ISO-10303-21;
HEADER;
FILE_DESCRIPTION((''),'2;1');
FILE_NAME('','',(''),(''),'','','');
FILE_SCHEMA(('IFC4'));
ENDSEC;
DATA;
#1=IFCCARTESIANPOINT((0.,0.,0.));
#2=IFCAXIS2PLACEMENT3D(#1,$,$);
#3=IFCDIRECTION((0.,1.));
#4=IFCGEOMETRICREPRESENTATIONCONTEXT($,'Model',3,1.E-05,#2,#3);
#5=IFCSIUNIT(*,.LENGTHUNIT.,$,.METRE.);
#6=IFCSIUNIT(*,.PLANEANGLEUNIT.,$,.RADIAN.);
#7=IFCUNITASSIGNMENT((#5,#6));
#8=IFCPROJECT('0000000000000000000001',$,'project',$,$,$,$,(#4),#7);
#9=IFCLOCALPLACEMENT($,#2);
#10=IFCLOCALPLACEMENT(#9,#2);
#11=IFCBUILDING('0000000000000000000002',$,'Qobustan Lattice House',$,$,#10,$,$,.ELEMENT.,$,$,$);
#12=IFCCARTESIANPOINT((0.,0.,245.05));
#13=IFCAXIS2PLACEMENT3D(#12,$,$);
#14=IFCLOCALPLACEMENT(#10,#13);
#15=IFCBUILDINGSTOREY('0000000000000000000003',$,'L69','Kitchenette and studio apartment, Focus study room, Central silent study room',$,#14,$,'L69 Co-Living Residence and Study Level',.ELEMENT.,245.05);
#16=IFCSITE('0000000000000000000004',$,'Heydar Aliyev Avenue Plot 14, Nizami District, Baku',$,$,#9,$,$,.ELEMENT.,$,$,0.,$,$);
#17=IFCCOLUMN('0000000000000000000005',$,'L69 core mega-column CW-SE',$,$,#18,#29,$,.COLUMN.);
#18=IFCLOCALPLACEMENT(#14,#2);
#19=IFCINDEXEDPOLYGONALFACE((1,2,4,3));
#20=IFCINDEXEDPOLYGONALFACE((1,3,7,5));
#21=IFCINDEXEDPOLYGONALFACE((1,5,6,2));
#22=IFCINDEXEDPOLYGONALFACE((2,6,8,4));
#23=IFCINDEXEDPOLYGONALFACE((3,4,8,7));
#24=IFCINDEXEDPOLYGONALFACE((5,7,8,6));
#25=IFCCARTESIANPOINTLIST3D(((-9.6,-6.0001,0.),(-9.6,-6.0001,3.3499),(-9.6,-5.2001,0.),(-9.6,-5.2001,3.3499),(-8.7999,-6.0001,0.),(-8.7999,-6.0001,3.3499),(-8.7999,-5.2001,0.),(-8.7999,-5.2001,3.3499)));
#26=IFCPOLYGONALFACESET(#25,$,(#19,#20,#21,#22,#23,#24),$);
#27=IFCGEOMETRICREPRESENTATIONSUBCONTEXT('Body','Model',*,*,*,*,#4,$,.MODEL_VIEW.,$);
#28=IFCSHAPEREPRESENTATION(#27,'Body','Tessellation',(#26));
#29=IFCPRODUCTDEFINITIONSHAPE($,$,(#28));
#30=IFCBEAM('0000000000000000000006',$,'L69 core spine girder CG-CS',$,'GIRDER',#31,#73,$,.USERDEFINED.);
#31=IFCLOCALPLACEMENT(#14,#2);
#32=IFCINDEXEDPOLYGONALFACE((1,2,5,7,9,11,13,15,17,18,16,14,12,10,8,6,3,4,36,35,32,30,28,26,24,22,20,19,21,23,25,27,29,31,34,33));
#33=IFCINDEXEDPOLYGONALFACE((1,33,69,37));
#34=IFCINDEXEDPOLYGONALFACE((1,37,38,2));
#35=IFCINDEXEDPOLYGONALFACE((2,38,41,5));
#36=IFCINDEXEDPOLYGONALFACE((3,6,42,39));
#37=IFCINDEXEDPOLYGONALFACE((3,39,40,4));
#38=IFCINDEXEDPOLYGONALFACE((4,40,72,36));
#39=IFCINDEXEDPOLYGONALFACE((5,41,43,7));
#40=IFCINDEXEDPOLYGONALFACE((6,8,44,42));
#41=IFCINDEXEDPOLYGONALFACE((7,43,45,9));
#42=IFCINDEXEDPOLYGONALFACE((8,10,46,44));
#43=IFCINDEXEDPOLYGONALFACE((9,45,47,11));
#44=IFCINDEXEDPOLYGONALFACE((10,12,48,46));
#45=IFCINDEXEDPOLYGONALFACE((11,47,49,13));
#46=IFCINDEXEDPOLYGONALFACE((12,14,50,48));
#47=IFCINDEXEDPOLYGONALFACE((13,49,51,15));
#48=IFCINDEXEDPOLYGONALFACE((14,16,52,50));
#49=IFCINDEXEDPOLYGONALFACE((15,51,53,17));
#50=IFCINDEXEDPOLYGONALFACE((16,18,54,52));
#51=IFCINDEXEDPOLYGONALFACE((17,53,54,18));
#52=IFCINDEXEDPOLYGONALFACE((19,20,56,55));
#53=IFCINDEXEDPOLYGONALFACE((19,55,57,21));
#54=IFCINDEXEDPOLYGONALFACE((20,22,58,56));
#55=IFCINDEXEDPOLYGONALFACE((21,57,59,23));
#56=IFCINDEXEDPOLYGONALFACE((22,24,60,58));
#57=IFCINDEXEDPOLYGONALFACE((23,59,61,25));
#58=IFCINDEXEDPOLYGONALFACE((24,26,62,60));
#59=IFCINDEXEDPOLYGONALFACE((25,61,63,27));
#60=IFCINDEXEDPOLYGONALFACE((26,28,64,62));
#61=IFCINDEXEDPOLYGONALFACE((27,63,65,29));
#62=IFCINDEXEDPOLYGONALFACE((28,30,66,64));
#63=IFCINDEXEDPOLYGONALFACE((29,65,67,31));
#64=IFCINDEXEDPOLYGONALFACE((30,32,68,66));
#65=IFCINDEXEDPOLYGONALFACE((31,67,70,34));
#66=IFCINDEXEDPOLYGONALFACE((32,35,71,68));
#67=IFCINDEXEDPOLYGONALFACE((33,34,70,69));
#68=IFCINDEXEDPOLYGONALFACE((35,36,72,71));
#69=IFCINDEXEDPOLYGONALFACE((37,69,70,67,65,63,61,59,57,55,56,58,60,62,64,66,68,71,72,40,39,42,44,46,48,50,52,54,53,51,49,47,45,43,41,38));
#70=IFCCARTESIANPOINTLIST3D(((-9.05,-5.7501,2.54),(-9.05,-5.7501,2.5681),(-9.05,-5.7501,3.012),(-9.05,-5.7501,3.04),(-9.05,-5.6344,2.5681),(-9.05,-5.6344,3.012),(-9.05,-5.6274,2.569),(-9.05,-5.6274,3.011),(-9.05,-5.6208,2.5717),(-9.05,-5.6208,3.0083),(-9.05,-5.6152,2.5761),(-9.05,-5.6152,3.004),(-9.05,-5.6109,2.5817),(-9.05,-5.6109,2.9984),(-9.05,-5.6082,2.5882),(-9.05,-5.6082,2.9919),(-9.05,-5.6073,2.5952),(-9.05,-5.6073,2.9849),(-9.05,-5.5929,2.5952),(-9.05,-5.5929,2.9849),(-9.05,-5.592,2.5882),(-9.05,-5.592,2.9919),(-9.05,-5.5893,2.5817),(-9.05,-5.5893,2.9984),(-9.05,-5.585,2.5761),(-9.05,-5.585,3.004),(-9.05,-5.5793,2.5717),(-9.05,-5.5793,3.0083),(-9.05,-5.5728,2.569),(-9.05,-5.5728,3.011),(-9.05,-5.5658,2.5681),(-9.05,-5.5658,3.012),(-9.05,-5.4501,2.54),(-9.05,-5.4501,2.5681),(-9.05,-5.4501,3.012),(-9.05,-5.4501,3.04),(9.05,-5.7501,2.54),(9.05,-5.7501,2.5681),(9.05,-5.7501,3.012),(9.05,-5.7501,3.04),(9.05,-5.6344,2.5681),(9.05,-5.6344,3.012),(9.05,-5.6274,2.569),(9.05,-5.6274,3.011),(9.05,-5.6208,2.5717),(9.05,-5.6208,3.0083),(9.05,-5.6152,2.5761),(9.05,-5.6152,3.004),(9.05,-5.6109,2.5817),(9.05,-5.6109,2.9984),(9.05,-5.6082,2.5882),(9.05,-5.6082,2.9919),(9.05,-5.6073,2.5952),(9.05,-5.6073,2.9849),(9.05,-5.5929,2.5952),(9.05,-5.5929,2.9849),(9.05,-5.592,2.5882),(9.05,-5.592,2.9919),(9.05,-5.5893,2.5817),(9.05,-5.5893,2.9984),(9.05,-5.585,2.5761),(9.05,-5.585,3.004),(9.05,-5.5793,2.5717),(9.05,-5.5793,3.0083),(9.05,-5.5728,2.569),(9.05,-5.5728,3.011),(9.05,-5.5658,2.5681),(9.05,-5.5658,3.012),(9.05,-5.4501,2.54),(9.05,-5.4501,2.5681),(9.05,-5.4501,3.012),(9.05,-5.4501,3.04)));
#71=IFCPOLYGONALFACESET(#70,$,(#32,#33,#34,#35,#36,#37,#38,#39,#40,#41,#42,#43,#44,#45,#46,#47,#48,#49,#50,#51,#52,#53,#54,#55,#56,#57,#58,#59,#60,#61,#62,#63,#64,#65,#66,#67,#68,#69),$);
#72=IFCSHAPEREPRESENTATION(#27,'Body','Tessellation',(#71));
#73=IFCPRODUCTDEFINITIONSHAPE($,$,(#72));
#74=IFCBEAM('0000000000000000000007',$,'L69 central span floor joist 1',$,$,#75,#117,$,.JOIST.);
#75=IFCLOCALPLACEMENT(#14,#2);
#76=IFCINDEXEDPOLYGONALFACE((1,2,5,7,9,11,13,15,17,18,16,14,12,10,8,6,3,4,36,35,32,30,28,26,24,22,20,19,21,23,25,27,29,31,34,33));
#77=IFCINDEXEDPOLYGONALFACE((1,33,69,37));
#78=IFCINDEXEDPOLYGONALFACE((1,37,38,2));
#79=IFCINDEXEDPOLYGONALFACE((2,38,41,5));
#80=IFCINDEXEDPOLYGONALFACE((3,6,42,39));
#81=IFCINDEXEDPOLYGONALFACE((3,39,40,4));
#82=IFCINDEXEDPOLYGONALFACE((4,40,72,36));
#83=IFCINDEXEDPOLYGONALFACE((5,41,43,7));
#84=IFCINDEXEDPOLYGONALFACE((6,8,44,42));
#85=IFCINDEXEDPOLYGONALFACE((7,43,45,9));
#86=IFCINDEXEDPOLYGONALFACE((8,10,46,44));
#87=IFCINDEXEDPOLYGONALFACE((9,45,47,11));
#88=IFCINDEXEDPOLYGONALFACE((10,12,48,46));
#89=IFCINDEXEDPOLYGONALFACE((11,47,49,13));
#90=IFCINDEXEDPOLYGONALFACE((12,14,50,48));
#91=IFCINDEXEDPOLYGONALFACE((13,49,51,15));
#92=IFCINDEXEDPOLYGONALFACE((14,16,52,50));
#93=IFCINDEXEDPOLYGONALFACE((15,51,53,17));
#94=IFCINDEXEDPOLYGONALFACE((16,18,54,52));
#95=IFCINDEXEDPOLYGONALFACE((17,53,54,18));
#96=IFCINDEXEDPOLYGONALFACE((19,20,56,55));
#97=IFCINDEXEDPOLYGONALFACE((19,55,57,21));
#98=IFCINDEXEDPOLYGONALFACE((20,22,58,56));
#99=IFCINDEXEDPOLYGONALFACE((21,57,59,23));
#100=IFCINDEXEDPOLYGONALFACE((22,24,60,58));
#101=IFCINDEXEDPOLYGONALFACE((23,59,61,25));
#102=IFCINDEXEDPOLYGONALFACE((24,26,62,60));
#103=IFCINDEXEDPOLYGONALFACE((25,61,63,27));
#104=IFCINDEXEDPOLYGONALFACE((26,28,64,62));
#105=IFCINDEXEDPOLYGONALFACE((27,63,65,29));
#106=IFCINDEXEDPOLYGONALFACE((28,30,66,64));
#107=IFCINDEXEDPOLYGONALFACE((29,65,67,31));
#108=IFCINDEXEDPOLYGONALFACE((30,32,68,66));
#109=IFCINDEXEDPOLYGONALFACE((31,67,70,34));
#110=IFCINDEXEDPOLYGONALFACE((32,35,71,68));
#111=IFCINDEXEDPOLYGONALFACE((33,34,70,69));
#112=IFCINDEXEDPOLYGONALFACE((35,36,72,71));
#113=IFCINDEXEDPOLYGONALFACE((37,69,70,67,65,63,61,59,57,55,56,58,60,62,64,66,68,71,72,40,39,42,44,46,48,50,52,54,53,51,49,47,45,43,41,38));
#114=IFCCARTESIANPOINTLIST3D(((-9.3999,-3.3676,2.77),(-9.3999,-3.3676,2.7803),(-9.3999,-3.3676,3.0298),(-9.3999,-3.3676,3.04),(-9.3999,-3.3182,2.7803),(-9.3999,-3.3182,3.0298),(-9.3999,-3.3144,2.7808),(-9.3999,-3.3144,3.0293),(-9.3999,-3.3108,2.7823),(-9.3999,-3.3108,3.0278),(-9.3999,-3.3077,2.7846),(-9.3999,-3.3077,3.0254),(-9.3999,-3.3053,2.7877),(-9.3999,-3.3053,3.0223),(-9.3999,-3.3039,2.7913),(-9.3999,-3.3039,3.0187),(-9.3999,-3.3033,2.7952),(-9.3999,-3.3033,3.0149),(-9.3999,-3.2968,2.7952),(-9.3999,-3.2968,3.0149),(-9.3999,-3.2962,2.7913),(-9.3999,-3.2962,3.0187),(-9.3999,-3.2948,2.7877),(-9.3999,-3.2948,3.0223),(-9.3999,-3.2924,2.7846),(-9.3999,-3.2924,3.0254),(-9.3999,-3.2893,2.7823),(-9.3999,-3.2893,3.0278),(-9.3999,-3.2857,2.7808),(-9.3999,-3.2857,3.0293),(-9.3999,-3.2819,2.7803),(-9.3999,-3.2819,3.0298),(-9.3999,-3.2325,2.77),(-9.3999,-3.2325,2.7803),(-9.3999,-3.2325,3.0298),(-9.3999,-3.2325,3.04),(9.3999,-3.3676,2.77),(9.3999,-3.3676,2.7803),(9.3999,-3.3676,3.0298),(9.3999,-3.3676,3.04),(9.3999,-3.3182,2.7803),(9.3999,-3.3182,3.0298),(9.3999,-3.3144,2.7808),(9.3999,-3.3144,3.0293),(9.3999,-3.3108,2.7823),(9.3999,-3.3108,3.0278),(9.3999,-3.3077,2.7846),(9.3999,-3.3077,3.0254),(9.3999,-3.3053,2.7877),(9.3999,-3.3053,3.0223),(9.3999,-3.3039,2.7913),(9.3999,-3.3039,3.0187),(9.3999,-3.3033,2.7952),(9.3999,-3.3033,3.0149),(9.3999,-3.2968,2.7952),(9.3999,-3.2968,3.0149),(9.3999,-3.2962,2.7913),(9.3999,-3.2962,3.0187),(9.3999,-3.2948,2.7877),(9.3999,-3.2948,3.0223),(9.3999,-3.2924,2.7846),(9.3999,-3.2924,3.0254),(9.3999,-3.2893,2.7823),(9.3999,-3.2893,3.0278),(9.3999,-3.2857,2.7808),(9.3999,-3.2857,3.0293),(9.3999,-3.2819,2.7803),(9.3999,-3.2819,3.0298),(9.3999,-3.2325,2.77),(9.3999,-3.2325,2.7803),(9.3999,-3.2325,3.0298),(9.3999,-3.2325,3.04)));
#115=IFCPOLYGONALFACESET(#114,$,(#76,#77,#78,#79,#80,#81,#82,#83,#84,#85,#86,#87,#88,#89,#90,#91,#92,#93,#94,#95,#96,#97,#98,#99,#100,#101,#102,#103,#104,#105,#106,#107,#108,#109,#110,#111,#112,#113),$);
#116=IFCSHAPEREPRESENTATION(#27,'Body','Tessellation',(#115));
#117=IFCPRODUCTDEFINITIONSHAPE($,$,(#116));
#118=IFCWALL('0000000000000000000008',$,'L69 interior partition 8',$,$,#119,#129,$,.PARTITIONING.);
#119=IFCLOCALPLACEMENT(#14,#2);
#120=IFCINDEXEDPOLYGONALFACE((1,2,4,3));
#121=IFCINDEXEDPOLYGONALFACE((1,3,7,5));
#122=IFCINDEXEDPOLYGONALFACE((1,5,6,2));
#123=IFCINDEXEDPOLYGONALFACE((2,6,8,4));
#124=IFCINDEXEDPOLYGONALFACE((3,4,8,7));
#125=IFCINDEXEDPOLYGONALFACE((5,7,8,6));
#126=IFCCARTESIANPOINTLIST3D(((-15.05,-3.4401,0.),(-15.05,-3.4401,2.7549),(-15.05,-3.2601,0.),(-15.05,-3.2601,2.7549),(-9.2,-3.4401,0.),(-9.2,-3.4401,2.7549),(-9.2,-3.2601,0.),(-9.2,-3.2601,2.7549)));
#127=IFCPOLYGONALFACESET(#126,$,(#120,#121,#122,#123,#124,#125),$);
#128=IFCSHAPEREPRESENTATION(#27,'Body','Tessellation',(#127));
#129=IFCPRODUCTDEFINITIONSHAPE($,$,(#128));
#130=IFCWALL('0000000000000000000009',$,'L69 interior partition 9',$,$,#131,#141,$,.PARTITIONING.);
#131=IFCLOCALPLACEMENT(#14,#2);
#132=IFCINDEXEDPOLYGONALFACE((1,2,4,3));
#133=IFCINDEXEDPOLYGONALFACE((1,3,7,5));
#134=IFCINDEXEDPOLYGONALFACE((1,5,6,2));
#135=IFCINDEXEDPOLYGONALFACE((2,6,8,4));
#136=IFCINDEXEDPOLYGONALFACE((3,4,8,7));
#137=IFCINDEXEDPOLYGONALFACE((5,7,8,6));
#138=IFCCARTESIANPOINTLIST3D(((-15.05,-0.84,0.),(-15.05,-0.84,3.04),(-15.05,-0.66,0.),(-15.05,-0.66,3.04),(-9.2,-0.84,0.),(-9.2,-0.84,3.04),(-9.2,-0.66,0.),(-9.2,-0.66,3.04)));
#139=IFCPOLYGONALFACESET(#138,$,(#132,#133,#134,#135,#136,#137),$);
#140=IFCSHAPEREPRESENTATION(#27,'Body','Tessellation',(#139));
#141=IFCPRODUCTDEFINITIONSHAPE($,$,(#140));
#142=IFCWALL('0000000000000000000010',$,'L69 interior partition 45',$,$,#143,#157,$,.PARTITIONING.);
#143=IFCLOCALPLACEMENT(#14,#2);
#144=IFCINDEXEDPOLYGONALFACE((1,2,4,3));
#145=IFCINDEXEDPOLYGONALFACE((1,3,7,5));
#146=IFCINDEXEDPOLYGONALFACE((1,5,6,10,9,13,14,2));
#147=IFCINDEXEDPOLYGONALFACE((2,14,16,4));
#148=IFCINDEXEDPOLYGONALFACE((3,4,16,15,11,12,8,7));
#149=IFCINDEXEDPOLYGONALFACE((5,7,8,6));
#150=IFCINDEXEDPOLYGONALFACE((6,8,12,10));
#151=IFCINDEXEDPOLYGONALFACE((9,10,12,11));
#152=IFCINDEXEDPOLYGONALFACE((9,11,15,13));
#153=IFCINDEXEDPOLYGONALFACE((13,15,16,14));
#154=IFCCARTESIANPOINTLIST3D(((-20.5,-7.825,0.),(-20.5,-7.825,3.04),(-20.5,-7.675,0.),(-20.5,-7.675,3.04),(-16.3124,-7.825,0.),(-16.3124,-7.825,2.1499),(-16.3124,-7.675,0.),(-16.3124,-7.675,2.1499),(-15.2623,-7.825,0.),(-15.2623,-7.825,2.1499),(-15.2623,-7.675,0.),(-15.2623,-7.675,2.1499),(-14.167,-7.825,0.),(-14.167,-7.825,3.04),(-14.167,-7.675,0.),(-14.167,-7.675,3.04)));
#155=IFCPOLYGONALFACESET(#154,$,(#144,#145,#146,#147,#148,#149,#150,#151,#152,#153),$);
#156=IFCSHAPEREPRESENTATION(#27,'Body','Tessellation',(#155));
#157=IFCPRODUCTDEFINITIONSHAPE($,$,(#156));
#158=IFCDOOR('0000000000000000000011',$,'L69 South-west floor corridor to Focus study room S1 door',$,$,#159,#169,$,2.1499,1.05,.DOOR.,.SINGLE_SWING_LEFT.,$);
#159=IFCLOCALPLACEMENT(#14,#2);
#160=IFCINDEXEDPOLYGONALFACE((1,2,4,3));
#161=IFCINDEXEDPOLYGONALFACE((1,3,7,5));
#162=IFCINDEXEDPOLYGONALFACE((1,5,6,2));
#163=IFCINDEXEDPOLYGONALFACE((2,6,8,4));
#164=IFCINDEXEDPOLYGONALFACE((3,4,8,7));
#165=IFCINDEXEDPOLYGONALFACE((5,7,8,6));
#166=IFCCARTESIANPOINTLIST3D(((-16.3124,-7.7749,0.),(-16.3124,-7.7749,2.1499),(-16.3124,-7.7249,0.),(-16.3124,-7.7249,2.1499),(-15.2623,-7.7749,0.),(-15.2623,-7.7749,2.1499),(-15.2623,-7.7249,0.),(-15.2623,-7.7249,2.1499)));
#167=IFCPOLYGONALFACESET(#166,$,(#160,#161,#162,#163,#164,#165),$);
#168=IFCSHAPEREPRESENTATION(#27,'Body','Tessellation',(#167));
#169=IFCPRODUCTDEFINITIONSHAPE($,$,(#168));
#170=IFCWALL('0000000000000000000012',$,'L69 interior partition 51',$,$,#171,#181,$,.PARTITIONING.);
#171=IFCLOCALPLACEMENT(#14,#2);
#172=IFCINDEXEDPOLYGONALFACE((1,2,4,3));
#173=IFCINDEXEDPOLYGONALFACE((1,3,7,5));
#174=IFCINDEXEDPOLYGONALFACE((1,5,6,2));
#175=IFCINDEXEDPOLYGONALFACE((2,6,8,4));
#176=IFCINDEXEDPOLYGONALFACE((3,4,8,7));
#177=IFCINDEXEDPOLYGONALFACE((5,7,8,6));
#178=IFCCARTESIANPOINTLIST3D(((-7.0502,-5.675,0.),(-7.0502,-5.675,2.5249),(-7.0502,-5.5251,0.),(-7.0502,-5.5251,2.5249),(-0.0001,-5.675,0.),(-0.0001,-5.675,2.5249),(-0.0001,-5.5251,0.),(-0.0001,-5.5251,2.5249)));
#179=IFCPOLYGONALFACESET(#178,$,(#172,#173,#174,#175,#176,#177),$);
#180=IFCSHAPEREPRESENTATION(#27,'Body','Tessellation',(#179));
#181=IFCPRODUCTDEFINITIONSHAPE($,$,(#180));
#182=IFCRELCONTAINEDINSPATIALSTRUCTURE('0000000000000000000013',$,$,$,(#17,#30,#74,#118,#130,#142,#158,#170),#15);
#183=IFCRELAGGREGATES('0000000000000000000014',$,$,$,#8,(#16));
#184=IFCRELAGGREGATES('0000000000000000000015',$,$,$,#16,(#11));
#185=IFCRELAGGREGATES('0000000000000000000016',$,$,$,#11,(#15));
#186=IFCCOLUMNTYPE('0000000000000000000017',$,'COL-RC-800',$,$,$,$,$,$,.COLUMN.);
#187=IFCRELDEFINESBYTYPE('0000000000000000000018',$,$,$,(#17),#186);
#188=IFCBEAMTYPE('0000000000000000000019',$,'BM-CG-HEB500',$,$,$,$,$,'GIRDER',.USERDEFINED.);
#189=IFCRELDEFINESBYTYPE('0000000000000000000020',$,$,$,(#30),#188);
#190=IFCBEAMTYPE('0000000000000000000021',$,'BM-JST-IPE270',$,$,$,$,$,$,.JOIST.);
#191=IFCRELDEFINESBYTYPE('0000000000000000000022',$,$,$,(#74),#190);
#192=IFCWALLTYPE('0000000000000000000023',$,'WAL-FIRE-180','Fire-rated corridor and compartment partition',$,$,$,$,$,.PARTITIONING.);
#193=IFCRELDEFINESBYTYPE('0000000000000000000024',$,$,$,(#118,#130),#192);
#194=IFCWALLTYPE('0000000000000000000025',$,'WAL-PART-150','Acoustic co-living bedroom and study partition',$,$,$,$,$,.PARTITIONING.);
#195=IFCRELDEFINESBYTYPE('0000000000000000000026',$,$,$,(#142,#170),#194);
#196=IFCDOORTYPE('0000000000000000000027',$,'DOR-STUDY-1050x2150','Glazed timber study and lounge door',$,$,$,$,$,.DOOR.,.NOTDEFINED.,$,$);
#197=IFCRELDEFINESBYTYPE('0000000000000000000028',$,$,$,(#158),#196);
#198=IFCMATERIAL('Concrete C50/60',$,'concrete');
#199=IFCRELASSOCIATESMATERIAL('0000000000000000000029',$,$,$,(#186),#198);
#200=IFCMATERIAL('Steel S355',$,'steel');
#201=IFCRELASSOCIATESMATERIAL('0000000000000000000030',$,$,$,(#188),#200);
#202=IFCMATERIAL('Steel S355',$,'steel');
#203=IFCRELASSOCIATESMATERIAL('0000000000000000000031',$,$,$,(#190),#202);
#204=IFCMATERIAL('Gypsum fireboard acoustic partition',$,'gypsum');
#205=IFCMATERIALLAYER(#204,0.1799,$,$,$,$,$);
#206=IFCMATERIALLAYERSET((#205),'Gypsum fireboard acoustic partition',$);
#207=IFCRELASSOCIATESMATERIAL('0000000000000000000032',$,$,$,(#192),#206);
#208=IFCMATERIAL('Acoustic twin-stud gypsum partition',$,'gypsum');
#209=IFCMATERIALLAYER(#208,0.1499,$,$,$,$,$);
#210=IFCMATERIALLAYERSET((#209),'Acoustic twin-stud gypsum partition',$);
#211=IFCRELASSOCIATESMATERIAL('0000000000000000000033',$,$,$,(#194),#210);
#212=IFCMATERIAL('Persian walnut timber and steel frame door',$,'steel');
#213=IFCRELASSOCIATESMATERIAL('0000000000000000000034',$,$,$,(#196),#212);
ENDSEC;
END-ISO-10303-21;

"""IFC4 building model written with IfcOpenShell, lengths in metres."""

from ifc_helpers import new_model, si_unit, direction, frame, frame_2d, origin, origin_2d, place, context, subcontext, project, spatial, rectangle, i_section, extrude, material, layer, layer_set, material_profile, profile_set, type_object, element, fill, save


model = new_model("IFC4")

# Units and contexts
model_context = context("Model", 3, precision=1e-05, world=origin(), true_north=direction((0.0, 1.0)))
body_context = subcontext(model_context, "Body", "Model", "MODEL_VIEW")
ifc_project = project(units=[si_unit("LENGTHUNIT", "METRE"), si_unit("PLANEANGLEUNIT", "RADIAN")], contexts=[model_context])

# Site, building, storey
site_placement = place(None, origin())
site = spatial("IfcSite", under=ifc_project, at=site_placement, Name="Heydar Aliyev Avenue Plot 14, Nizami District, Baku", CompositionType="ELEMENT", RefElevation=0.0)
building_placement = place(site_placement, origin())
building = spatial("IfcBuilding", under=site, at=building_placement, Name="Qobustan Lattice House", CompositionType="ELEMENT")
storey_placement = place(building_placement, frame((0.0, 0.0, 245.05)))
storey = spatial("IfcBuildingStorey", under=building, at=storey_placement, Name="L69", Description="Kitchenette and studio apartment, Focus study room, Central silent study room", LongName="L69 Co-Living Residence and Study Level", CompositionType="ELEMENT", Elevation=245.05)

# Column
ifc_material_1 = material(Name="Concrete C50/60", Category="concrete")
ifc_material_profile_1 = material_profile(ifc_material_1, rectangle(XDim=0.8, YDim=0.8, at=origin_2d()), Name="RC800x800")
ifc_profile_set_1 = profile_set([ifc_material_profile_1], Name="Concrete C50/60")
column_type = type_object("IfcColumnType", Name="COL-RC-800", PredefinedType="COLUMN", material=ifc_profile_set_1)
column_placement = place(storey_placement, frame((-9.2, -5.6001, 0.0), z_axis=(0.0, 0.0, 1.0), x_axis=(1.0, 0.0, 0.0)))
element("IfcColumn", 1, at=column_placement, inside=storey, type_object=column_type, Name="L69 core mega-column CW-SE", PredefinedType="COLUMN", context=body_context, shape_type="SweptSolid", body=[
    extrude(rectangle(XDim=0.8, YDim=0.8, at=origin_2d()), origin(), (0.0, 0.0, 1.0), 3.3499),
])

# Beams
ifc_material_2 = material(Name="Steel S355", Category="steel")
ifc_material_profile_2 = material_profile(ifc_material_2, i_section(OverallWidth=0.3, OverallDepth=0.5, WebThickness=0.0144, FlangeThickness=0.0281, FilletRadius=0.0271, at=origin_2d()), Name="HEB500")
ifc_profile_set_2 = profile_set([ifc_material_profile_2], Name="Steel S355")
beam_type_1 = type_object("IfcBeamType", Name="BM-CG-HEB500", ElementType="GIRDER", PredefinedType="USERDEFINED", material=ifc_profile_set_2)
beam_1_placement = place(storey_placement, frame((-9.05, -5.6001, 2.79), z_axis=(1.0, 0.0, 0.0), x_axis=(0.0, 1.0, 0.0)))
element("IfcBeam", 2, at=beam_1_placement, inside=storey, type_object=beam_type_1, Name="L69 core spine girder CG-CS", ObjectType="GIRDER", PredefinedType="USERDEFINED", context=body_context, shape_type="SweptSolid", body=[
    extrude(i_section(OverallWidth=0.3, OverallDepth=0.5, WebThickness=0.0144, FlangeThickness=0.0281, FilletRadius=0.0271, at=origin_2d()), origin(), (0.0, 0.0, 1.0), 18.1001),
])
ifc_material_3 = material(Name="Steel S355", Category="steel")
ifc_material_profile_3 = material_profile(ifc_material_3, i_section(OverallWidth=0.135, OverallDepth=0.27, WebThickness=0.0066, FlangeThickness=0.0103, FilletRadius=0.0149, at=origin_2d()), Name="IPE270")
ifc_profile_set_3 = profile_set([ifc_material_profile_3], Name="Steel S355")
beam_type_2 = type_object("IfcBeamType", Name="BM-JST-IPE270", PredefinedType="JOIST", material=ifc_profile_set_3)
beam_2_placement = place(storey_placement, frame((-9.3999, -3.3, 2.905), z_axis=(1.0, 0.0, 0.0), x_axis=(0.0, 1.0, 0.0)))
element("IfcBeam", 3, at=beam_2_placement, inside=storey, type_object=beam_type_2, Name="L69 central span floor joist 1", PredefinedType="JOIST", context=body_context, shape_type="SweptSolid", body=[
    extrude(i_section(OverallWidth=0.135, OverallDepth=0.27, WebThickness=0.0066, FlangeThickness=0.0103, FilletRadius=0.0149, at=origin_2d()), origin(), (0.0, 0.0, 1.0), 18.7998),
])

# Walls
ifc_material_4 = material(Name="Gypsum fireboard acoustic partition", Category="gypsum")
ifc_layer_1 = layer(ifc_material_4, 0.1799)
ifc_layer_set_1 = layer_set([ifc_layer_1], Name="Gypsum fireboard acoustic partition")
wall_type_1 = type_object("IfcWallType", Name="WAL-FIRE-180", Description="Fire-rated corridor and compartment partition", PredefinedType="PARTITIONING", material=ifc_layer_set_1)
wall_1_placement = place(storey_placement, frame((-15.05, -3.3501, 0.0), z_axis=(0.0, 0.0, 1.0), x_axis=(1.0, 0.0, 0.0)))
element("IfcWall", 4, at=wall_1_placement, inside=storey, type_object=wall_type_1, Name="L69 interior partition 8", PredefinedType="PARTITIONING", context=body_context, shape_type="SweptSolid", body=[
    extrude(rectangle(XDim=5.8501, YDim=0.1799, at=frame_2d((2.925, 0.0))), origin(), (0.0, 0.0, 1.0), 2.7549),
])
wall_2_placement = place(storey_placement, frame((-9.2, -0.75, 0.0), z_axis=(0.0, 0.0, 1.0), x_axis=(-1.0, 0.0, 0.0)))
element("IfcWall", 5, at=wall_2_placement, inside=storey, type_object=wall_type_1, Name="L69 interior partition 9", PredefinedType="PARTITIONING", context=body_context, shape_type="SweptSolid", body=[
    extrude(rectangle(XDim=5.8501, YDim=0.1799, at=frame_2d((2.925, 0.0))), origin(), (0.0, 0.0, 1.0), 3.04),
])

# Wall, opening, door
ifc_material_5 = material(Name="Acoustic twin-stud gypsum partition", Category="gypsum")
ifc_layer_2 = layer(ifc_material_5, 0.1499)
ifc_layer_set_2 = layer_set([ifc_layer_2], Name="Acoustic twin-stud gypsum partition")
wall_type_2 = type_object("IfcWallType", Name="WAL-PART-150", Description="Acoustic co-living bedroom and study partition", PredefinedType="PARTITIONING", material=ifc_layer_set_2)
wall_3_placement = place(storey_placement, frame((-14.167, -7.75, 0.0), z_axis=(0.0, 0.0, 1.0), x_axis=(-1.0, 0.0, 0.0)))
wall_3 = element("IfcWall", 6, at=wall_3_placement, inside=storey, type_object=wall_type_2, Name="L69 interior partition 45", PredefinedType="PARTITIONING", context=body_context, shape_type="SweptSolid", body=[
    extrude(rectangle(XDim=6.333, YDim=0.1499, at=frame_2d((3.1665, 0.0))), origin(), (0.0, 0.0, 1.0), 3.04),
])
opening_1_placement = place(wall_3_placement, frame((1.0955, 0.0, 0.0)))
opening_1 = element("IfcOpeningElement", 7, at=opening_1_placement, cuts=wall_3, PredefinedType="OPENING", context=body_context, shape_type="SweptSolid", body=[
    extrude(rectangle(XDim=1.05, YDim=2.1499, at=frame_2d((0.5249, 1.075))), frame((0.0, 0.085, 0.0), z_axis=(0.0, -1.0, 0.0), x_axis=(1.0, 0.0, 0.0)), (0.0, 0.0, 1.0), 0.1699),
])
ifc_material_6 = material(Name="Persian walnut timber and steel frame door", Category="steel")
door_type_1 = type_object("IfcDoorType", Name="DOR-STUDY-1050x2150", Description="Glazed timber study and lounge door", OperationType="NOTDEFINED", PredefinedType="DOOR", material=ifc_material_6)
door_1_placement = place(opening_1_placement, origin())
door_1 = element("IfcDoor", 8, at=door_1_placement, inside=storey, type_object=door_type_1, Name="L69 South-west floor corridor to Focus study room S1 door", OperationType="SINGLE_SWING_LEFT", OverallHeight=2.1499, OverallWidth=1.05, PredefinedType="DOOR", context=body_context, shape_type="SweptSolid", body=[
    extrude(rectangle(XDim=1.05, YDim=2.1499, at=frame_2d((0.5249, 1.075))), frame((0.0, 0.0249, 0.0), z_axis=(0.0, -1.0, 0.0), x_axis=(1.0, 0.0, 0.0)), (0.0, 0.0, 1.0), 0.05),
])
fill(opening_1, door_1)

# Wall
wall_4_placement = place(storey_placement, frame((-7.05, -5.6001, 0.0), z_axis=(0.0, 0.0, 1.0), x_axis=(1.0, 0.0, 0.0)))
element("IfcWall", 9, at=wall_4_placement, inside=storey, type_object=wall_type_2, Name="L69 interior partition 51", PredefinedType="PARTITIONING", context=body_context, shape_type="SweptSolid", body=[
    extrude(rectangle(XDim=7.05, YDim=0.1499, at=frame_2d((3.5249, 0.0))), origin(), (0.0, 0.0, 1.0), 2.5249),
])

save(model, "model.ifc")
